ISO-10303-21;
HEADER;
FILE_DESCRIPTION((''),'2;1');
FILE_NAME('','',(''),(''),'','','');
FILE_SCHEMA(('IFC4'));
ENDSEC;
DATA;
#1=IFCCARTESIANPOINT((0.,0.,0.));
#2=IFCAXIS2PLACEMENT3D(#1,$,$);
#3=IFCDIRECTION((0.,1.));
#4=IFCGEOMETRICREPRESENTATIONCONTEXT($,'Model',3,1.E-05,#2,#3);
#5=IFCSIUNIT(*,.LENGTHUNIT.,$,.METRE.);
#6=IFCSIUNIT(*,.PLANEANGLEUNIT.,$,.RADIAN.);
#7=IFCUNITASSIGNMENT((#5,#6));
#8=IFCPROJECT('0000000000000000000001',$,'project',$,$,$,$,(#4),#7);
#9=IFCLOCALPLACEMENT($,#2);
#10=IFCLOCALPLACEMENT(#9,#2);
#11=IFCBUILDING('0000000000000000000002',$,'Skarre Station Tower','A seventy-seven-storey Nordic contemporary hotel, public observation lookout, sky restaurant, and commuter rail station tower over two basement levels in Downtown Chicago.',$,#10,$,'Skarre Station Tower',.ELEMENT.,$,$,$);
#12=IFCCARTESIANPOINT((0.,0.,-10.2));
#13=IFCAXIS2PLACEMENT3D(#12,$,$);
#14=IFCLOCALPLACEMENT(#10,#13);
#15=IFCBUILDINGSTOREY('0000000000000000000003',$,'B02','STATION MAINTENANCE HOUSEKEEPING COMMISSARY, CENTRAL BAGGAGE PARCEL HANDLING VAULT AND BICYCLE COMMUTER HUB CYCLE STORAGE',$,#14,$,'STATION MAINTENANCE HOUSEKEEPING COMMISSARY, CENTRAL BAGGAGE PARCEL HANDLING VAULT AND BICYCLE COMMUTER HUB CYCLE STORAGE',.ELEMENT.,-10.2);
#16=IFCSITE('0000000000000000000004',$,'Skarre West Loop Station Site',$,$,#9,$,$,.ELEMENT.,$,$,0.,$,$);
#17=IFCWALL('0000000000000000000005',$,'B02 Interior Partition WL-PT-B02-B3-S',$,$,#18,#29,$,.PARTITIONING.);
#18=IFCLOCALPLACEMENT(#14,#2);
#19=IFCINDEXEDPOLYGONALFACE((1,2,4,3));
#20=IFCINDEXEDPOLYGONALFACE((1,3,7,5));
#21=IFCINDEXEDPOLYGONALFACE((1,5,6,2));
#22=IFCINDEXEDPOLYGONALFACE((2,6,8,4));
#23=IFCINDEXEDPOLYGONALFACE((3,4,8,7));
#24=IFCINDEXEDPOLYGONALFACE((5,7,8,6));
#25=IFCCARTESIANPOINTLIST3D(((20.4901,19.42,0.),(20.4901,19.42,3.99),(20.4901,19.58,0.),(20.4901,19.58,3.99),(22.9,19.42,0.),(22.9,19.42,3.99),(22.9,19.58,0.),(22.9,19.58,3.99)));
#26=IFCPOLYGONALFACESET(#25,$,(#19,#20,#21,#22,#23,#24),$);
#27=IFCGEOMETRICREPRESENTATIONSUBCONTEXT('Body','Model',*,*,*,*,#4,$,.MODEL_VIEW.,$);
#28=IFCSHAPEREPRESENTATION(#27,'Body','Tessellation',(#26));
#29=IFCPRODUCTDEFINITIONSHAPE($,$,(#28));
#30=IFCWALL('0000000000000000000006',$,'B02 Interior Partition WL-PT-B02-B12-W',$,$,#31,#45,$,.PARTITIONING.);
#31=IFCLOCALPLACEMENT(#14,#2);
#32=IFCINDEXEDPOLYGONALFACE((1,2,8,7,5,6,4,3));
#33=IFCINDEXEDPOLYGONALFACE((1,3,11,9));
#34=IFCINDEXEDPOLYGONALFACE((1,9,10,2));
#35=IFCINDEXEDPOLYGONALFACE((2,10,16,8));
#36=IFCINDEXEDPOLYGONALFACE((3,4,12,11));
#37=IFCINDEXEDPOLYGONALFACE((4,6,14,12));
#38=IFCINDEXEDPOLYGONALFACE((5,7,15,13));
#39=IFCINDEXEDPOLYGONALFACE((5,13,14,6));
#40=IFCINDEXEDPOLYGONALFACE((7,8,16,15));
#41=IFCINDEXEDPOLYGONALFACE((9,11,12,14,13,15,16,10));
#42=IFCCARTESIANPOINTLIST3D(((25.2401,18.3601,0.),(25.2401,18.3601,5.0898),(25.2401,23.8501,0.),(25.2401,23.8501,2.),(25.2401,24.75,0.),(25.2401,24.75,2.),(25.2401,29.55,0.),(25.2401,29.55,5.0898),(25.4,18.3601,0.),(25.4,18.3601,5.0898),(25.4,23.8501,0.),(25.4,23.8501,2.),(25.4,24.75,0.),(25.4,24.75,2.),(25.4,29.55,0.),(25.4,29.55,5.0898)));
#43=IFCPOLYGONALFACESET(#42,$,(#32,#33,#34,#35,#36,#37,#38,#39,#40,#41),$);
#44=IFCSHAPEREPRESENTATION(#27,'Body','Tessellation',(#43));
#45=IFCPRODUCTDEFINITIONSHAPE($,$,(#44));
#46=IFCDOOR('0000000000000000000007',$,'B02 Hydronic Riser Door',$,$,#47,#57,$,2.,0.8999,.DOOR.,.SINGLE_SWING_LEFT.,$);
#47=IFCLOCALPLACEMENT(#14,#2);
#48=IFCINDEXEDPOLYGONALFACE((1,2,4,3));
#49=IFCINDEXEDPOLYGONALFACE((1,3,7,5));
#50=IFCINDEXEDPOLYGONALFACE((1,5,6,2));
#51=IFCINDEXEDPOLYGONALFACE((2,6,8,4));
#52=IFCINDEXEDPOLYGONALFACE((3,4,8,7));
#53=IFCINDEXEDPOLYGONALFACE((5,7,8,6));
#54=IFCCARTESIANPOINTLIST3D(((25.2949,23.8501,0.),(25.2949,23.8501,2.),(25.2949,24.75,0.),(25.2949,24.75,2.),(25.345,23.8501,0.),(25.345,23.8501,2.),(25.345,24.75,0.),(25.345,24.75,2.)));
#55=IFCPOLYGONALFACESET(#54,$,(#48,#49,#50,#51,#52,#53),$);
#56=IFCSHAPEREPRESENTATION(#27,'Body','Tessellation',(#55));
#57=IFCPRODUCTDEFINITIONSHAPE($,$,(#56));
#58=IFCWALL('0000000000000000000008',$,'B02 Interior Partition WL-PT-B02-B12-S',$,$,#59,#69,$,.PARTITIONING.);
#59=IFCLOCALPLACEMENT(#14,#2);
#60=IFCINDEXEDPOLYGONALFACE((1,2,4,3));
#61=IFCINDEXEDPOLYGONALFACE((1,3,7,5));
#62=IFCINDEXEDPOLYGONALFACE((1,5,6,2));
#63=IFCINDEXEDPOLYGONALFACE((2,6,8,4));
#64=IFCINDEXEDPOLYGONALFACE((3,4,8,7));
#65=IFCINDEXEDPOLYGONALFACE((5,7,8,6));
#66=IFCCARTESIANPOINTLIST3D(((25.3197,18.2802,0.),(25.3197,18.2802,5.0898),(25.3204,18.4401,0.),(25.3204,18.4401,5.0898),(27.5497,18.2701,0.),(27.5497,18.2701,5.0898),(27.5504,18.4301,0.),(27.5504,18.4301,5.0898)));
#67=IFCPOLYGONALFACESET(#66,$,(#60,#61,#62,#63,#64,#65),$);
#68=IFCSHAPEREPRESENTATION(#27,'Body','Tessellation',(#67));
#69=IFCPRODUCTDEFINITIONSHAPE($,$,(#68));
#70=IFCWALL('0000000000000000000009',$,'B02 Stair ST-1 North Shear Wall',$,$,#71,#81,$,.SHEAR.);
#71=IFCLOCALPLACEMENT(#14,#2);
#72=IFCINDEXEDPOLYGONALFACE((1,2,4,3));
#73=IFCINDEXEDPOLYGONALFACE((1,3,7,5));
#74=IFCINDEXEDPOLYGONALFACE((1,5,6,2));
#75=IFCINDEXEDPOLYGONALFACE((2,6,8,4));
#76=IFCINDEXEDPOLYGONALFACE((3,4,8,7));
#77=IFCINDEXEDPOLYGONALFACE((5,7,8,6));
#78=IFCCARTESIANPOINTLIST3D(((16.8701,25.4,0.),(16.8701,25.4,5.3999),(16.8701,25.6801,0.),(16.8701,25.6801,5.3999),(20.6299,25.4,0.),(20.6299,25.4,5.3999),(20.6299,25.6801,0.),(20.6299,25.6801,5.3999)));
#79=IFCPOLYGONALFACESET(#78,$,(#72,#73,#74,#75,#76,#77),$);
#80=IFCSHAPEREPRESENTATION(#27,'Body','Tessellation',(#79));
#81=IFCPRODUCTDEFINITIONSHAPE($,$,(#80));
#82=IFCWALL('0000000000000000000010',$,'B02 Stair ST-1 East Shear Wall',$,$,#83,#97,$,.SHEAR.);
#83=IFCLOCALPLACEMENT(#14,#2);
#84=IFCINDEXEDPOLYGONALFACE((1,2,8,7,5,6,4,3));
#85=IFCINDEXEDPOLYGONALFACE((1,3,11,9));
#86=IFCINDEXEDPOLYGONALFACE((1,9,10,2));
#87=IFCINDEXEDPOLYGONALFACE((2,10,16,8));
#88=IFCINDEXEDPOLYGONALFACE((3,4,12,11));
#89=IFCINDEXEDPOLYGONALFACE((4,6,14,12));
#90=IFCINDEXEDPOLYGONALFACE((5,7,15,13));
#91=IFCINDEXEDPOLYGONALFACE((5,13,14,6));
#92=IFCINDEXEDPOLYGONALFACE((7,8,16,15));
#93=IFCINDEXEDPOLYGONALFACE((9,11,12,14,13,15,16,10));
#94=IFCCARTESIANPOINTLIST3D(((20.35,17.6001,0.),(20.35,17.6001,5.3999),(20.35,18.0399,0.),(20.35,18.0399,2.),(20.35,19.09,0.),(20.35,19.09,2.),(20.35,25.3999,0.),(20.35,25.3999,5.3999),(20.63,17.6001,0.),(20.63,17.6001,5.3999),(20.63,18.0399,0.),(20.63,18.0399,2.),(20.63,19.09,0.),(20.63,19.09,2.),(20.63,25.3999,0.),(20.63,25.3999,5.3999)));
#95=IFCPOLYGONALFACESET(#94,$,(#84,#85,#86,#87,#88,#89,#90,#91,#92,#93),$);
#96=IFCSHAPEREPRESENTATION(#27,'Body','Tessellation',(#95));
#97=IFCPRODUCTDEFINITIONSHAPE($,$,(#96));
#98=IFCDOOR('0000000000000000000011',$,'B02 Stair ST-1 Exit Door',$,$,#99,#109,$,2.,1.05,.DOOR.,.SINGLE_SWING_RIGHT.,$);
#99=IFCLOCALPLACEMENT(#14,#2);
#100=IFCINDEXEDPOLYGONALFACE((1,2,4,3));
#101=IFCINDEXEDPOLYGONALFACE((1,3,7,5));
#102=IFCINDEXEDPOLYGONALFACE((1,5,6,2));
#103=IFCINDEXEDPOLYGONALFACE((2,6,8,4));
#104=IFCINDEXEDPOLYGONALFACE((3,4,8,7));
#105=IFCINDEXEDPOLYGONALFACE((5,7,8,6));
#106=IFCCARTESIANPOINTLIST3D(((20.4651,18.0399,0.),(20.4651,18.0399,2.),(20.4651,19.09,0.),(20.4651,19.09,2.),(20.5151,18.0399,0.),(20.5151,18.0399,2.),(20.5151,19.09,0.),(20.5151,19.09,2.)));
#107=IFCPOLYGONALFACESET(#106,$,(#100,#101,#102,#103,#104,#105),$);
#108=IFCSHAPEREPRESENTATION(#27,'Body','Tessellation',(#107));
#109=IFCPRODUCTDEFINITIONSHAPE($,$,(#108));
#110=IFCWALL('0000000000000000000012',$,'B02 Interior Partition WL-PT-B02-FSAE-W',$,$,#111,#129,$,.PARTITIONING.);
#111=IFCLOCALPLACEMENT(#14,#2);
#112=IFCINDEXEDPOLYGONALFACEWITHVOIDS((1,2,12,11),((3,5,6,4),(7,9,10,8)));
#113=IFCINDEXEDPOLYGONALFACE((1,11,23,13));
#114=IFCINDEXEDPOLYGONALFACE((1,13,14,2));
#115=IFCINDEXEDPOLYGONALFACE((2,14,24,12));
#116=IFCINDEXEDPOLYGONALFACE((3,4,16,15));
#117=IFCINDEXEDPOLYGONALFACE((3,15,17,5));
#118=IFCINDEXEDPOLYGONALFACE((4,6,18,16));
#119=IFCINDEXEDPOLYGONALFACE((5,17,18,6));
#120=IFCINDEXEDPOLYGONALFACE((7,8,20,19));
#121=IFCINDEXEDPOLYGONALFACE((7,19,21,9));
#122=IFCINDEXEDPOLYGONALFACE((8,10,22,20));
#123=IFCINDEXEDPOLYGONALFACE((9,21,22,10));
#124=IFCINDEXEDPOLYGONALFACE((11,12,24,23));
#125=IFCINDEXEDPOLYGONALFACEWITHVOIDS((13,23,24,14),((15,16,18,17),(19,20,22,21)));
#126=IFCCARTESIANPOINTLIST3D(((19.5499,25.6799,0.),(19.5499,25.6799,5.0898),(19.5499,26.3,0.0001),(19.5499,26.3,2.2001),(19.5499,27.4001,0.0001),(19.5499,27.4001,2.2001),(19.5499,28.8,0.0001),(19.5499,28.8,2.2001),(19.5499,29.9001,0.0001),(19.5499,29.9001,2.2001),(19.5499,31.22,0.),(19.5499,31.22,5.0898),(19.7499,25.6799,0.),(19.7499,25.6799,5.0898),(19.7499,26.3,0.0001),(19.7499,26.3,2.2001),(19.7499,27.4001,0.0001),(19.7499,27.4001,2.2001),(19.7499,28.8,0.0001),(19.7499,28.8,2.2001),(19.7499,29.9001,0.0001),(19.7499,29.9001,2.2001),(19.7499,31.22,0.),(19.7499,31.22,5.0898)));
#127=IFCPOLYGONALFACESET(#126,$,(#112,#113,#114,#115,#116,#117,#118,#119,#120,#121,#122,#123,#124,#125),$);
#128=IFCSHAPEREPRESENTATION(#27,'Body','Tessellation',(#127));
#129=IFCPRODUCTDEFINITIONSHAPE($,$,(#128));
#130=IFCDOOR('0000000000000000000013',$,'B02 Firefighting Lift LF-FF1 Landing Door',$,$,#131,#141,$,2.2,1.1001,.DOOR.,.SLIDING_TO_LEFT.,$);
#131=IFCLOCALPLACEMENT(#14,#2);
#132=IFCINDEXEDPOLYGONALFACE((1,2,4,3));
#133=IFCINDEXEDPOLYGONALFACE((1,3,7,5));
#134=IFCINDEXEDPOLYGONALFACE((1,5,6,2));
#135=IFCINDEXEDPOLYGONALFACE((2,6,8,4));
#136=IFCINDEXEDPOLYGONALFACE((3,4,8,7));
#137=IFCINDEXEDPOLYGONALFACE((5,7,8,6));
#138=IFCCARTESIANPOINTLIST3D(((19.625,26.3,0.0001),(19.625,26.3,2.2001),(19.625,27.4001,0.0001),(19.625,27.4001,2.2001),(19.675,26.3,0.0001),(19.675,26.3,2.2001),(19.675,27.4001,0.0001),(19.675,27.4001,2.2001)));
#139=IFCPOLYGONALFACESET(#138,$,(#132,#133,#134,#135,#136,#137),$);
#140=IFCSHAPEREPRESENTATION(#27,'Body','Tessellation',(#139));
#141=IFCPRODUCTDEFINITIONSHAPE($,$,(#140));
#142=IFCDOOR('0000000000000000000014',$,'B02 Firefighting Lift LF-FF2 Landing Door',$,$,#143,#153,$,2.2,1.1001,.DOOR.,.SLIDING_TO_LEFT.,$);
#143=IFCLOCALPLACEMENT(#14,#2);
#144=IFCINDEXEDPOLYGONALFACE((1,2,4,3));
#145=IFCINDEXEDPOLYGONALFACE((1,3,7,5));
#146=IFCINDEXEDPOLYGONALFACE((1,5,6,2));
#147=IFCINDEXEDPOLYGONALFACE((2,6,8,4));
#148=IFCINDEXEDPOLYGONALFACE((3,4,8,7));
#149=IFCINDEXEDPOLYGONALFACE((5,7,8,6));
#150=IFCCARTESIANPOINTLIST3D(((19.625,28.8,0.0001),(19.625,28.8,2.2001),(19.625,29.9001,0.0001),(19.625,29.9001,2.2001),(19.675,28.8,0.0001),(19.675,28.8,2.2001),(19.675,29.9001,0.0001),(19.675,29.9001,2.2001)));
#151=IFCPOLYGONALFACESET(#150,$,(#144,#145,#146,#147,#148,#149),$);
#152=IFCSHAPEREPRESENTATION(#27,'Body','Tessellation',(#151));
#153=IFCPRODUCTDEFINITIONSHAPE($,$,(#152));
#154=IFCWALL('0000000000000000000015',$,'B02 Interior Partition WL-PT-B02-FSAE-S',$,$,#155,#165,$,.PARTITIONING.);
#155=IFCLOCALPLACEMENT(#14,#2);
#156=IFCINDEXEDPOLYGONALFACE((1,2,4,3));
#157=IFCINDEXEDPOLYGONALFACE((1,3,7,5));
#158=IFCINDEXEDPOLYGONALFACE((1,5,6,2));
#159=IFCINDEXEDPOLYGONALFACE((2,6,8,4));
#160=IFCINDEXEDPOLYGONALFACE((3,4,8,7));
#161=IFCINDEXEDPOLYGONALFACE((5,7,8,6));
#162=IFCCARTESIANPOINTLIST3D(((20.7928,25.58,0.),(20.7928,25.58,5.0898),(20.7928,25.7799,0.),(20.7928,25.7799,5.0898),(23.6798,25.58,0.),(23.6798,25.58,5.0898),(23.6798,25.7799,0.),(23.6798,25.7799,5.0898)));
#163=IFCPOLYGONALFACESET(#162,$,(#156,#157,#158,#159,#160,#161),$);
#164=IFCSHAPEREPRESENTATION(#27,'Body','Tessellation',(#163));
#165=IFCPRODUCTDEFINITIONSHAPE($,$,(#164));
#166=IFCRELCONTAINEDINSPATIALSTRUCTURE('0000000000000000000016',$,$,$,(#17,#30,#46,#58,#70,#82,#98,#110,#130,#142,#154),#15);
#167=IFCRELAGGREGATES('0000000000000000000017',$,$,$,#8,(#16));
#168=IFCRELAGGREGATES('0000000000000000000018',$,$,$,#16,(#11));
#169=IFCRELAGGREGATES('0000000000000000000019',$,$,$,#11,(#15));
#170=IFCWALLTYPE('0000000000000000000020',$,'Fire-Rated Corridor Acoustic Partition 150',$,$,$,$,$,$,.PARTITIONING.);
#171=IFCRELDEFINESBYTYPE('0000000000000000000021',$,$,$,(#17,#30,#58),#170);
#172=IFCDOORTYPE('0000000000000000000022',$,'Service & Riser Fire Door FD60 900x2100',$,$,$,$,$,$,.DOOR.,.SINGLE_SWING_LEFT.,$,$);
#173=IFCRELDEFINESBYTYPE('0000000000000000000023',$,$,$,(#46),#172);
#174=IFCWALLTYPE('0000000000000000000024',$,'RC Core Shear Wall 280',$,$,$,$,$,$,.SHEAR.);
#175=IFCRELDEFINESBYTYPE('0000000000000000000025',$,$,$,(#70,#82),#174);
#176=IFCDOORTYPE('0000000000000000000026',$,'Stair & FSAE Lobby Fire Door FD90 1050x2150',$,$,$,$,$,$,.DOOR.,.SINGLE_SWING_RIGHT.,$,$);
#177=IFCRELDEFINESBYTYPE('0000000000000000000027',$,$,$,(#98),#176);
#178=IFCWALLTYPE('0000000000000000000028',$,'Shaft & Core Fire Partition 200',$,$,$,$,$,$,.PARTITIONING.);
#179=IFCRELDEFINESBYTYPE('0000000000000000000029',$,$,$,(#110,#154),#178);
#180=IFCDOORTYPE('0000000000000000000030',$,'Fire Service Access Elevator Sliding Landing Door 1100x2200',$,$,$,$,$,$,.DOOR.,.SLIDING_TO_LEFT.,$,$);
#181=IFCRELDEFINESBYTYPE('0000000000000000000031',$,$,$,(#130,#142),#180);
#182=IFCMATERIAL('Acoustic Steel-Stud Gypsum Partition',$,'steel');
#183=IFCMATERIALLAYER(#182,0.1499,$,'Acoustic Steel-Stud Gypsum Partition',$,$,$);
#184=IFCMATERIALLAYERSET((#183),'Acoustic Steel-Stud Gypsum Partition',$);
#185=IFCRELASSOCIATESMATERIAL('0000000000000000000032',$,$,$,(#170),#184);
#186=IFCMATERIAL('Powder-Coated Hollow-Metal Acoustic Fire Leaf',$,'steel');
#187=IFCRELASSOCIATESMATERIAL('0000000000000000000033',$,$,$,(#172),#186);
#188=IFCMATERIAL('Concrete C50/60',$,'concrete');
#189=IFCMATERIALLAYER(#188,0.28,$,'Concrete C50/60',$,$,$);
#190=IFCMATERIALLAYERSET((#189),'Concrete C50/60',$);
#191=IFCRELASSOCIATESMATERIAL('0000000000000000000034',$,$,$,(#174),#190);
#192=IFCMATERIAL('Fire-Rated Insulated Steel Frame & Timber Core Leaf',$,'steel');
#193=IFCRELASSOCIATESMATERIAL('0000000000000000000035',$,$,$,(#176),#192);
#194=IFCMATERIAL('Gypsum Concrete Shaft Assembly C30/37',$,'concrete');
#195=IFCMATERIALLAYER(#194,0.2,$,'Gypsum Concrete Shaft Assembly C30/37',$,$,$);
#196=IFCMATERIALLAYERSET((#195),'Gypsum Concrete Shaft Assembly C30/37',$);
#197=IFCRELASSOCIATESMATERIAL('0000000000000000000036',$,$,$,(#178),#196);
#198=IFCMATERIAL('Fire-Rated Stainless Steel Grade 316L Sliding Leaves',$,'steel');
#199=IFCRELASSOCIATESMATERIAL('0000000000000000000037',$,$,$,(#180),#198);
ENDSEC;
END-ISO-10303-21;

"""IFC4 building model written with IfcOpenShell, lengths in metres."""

from ifc_helpers import new_model, si_unit, direction, frame, frame_2d, origin, place, context, subcontext, project, spatial, rectangle, extrude, material, layer, layer_set, type_object, element, fill, save


model = new_model("IFC4")

# Units and contexts
model_context = context("Model", 3, precision=1e-05, world=origin(), true_north=direction((0.0, 1.0)))
body_context = subcontext(model_context, "Body", "Model", "MODEL_VIEW")
ifc_project = project(units=[si_unit("LENGTHUNIT", "METRE"), si_unit("PLANEANGLEUNIT", "RADIAN")], contexts=[model_context])

# Site, building, storey
site_placement = place(None, origin())
site = spatial("IfcSite", under=ifc_project, at=site_placement, Name="Skarre West Loop Station Site", CompositionType="ELEMENT", RefElevation=0.0)
building_placement = place(site_placement, origin())
building = spatial("IfcBuilding", under=site, at=building_placement, Name="Skarre Station Tower", Description="A seventy-seven-storey Nordic contemporary hotel, public observation lookout, sky restaurant, and commuter rail station tower over two basement levels in Downtown Chicago.", LongName="Skarre Station Tower", CompositionType="ELEMENT")
storey_placement = place(building_placement, frame((0.0, 0.0, -10.2)))
storey = spatial("IfcBuildingStorey", under=building, at=storey_placement, Name="B02", Description="STATION MAINTENANCE HOUSEKEEPING COMMISSARY, CENTRAL BAGGAGE PARCEL HANDLING VAULT AND BICYCLE COMMUTER HUB CYCLE STORAGE", LongName="STATION MAINTENANCE HOUSEKEEPING COMMISSARY, CENTRAL BAGGAGE PARCEL HANDLING VAULT AND BICYCLE COMMUTER HUB CYCLE STORAGE", CompositionType="ELEMENT", Elevation=-10.2)

# Shared definitions
ifc_material_1 = material(Name="Concrete C50/60", Category="concrete")

# Shared definitions
ifc_material_2 = material(Name="Acoustic Steel-Stud Gypsum Partition", Category="steel")
ifc_layer_1 = layer(ifc_material_2, 0.1499, Name="Acoustic Steel-Stud Gypsum Partition")
ifc_layer_set_1 = layer_set([ifc_layer_1], Name="Acoustic Steel-Stud Gypsum Partition")
wall_type_1 = type_object("IfcWallType", Name="Fire-Rated Corridor Acoustic Partition 150", PredefinedType="PARTITIONING", material=ifc_layer_set_1)
ifc_material_3 = material(Name="Powder-Coated Hollow-Metal Acoustic Fire Leaf", Category="steel")
door_type_1 = type_object("IfcDoorType", Name="Service & Riser Fire Door FD60 900x2100", OperationType="SINGLE_SWING_LEFT", PredefinedType="DOOR", material=ifc_material_3)

# Wall
wall_1_placement = place(storey_placement, frame((20.49, 19.5, 0.0), z_axis=(0.0, 0.0, 1.0), x_axis=(1.0, 0.0, 0.0)))
element("IfcWall", 1, at=wall_1_placement, inside=storey, type_object=wall_type_1, Name="B02 Interior Partition WL-PT-B02-B3-S", PredefinedType="PARTITIONING", context=body_context, shape_type="SweptSolid", body=[
    extrude(rectangle(XDim=2.4099, YDim=0.1599, at=frame_2d((1.2051, 0.0))), origin(), (0.0, 0.0, 1.0), 3.99),
])

# Wall, opening, door
wall_2_placement = place(storey_placement, frame((25.3201, 29.55, 0.0), z_axis=(0.0, 0.0, 1.0), x_axis=(0.0, -1.0, 0.0)))
wall_2 = element("IfcWall", 2, at=wall_2_placement, inside=storey, type_object=wall_type_1, Name="B02 Interior Partition WL-PT-B02-B12-W", PredefinedType="PARTITIONING", context=body_context, shape_type="SweptSolid", body=[
    extrude(rectangle(XDim=11.1899, YDim=0.1599, at=frame_2d((5.595, 0.0))), origin(), (0.0, 0.0, 1.0), 5.0898),
])
opening_1_placement = place(wall_2_placement, frame((4.8, 0.0, 0.0)))
opening_1 = element("IfcOpeningElement", 3, at=opening_1_placement, cuts=wall_2, PredefinedType="OPENING", context=body_context, shape_type="SweptSolid", body=[
    extrude(rectangle(XDim=0.8999, YDim=2.0, at=frame_2d((0.45, 1.0))), frame((0.0, 0.0898, 0.0), z_axis=(0.0, -1.0, 0.0), x_axis=(1.0, 0.0, 0.0)), (0.0, 0.0, 1.0), 0.1799),
])
door_1_placement = place(opening_1_placement, origin())
door_1 = element("IfcDoor", 4, at=door_1_placement, inside=storey, type_object=door_type_1, Name="B02 Hydronic Riser Door", OperationType="SINGLE_SWING_LEFT", OverallHeight=2.0, OverallWidth=0.8999, PredefinedType="DOOR", context=body_context, shape_type="SweptSolid", body=[
    extrude(rectangle(XDim=0.8999, YDim=2.0, at=frame_2d((0.45, 1.0))), frame((0.0, 0.0249, 0.0), z_axis=(0.0, -1.0, 0.0), x_axis=(1.0, 0.0, 0.0)), (0.0, 0.0, 1.0), 0.05),
])
fill(opening_1, door_1)

# Walls
wall_3_placement = place(storey_placement, frame((25.3201, 18.3601, 0.0), z_axis=(0.0, 0.0, 1.0), x_axis=(0.99999, -0.004489, 0.0)))
element("IfcWall", 5, at=wall_3_placement, inside=storey, type_object=wall_type_1, Name="B02 Interior Partition WL-PT-B02-B12-S", PredefinedType="PARTITIONING", context=body_context, shape_type="SweptSolid", body=[
    extrude(rectangle(XDim=2.23, YDim=0.1599, at=frame_2d((1.115, 0.0))), origin(), (0.0, 0.0, 1.0), 5.0898),
])
ifc_layer_2 = layer(ifc_material_1, 0.28, Name="Concrete C50/60")
ifc_layer_set_2 = layer_set([ifc_layer_2], Name="Concrete C50/60")
wall_type_2 = type_object("IfcWallType", Name="RC Core Shear Wall 280", PredefinedType="SHEAR", material=ifc_layer_set_2)
wall_4_placement = place(storey_placement, frame((20.6299, 25.54, 0.0), z_axis=(0.0, 0.0, 1.0), x_axis=(-1.0, 0.0, 0.0)))
element("IfcWall", 6, at=wall_4_placement, inside=storey, type_object=wall_type_2, Name="B02 Stair ST-1 North Shear Wall", PredefinedType="SHEAR", context=body_context, shape_type="SweptSolid", body=[
    extrude(rectangle(XDim=3.7598, YDim=0.28, at=frame_2d((1.8799, 0.0))), origin(), (0.0, 0.0, 1.0), 5.3999),
])

# Wall, opening, door
wall_5_placement = place(storey_placement, frame((20.49, 17.6001, 0.0), z_axis=(0.0, 0.0, 1.0), x_axis=(0.0, 1.0, 0.0)))
wall_5 = element("IfcWall", 7, at=wall_5_placement, inside=storey, type_object=wall_type_2, Name="B02 Stair ST-1 East Shear Wall", PredefinedType="SHEAR", context=body_context, shape_type="SweptSolid", body=[
    extrude(rectangle(XDim=7.7998, YDim=0.28, at=frame_2d((3.8999, 0.0))), origin(), (0.0, 0.0, 1.0), 5.3999),
])
opening_2_placement = place(wall_5_placement, frame((0.4399, 0.0, 0.0)))
opening_2 = element("IfcOpeningElement", 8, at=opening_2_placement, cuts=wall_5, PredefinedType="OPENING", context=body_context, shape_type="SweptSolid", body=[
    extrude(rectangle(XDim=1.05, YDim=2.0, at=frame_2d((0.5249, 1.0))), frame((0.0, 0.1499, 0.0), z_axis=(0.0, -1.0, 0.0), x_axis=(1.0, 0.0, 0.0)), (0.0, 0.0, 1.0), 0.3),
])
ifc_material_4 = material(Name="Fire-Rated Insulated Steel Frame & Timber Core Leaf", Category="steel")
door_type_2 = type_object("IfcDoorType", Name="Stair & FSAE Lobby Fire Door FD90 1050x2150", OperationType="SINGLE_SWING_RIGHT", PredefinedType="DOOR", material=ifc_material_4)
door_2_placement = place(opening_2_placement, origin())
door_2 = element("IfcDoor", 9, at=door_2_placement, inside=storey, type_object=door_type_2, Name="B02 Stair ST-1 Exit Door", OperationType="SINGLE_SWING_RIGHT", OverallHeight=2.0, OverallWidth=1.05, PredefinedType="DOOR", context=body_context, shape_type="SweptSolid", body=[
    extrude(rectangle(XDim=1.05, YDim=2.0, at=frame_2d((0.5249, 1.0))), frame((0.0, 0.0249, 0.0), z_axis=(0.0, -1.0, 0.0), x_axis=(1.0, 0.0, 0.0)), (0.0, 0.0, 1.0), 0.05),
])
fill(opening_2, door_2)

# Wall, openings, doors
ifc_material_5 = material(Name="Gypsum Concrete Shaft Assembly C30/37", Category="concrete")
ifc_layer_3 = layer(ifc_material_5, 0.2, Name="Gypsum Concrete Shaft Assembly C30/37")
ifc_layer_set_3 = layer_set([ifc_layer_3], Name="Gypsum Concrete Shaft Assembly C30/37")
wall_type_3 = type_object("IfcWallType", Name="Shaft & Core Fire Partition 200", PredefinedType="PARTITIONING", material=ifc_layer_set_3)
wall_6_placement = place(storey_placement, frame((19.6499, 25.6799, 0.0), z_axis=(0.0, 0.0, 1.0), x_axis=(0.0, 1.0, 0.0)))
wall_6 = element("IfcWall", 10, at=wall_6_placement, inside=storey, type_object=wall_type_3, Name="B02 Interior Partition WL-PT-B02-FSAE-W", PredefinedType="PARTITIONING", context=body_context, shape_type="SweptSolid", body=[
    extrude(rectangle(XDim=5.54, YDim=0.2, at=frame_2d((2.77, 0.0))), origin(), (0.0, 0.0, 1.0), 5.0898),
])
opening_3_placement = place(wall_6_placement, frame((0.6201, 0.0, 0.0)))
opening_3 = element("IfcOpeningElement", 11, at=opening_3_placement, cuts=wall_6, PredefinedType="OPENING", context=body_context, shape_type="SweptSolid", body=[
    extrude(rectangle(XDim=1.1001, YDim=2.2, at=frame_2d((0.55, 1.1001))), frame((0.0, 0.1099, 0.0), z_axis=(0.0, -1.0, 0.0), x_axis=(1.0, 0.0, 0.0)), (0.0, 0.0, 1.0), 0.22),
])
opening_4_placement = place(wall_6_placement, frame((3.1201, 0.0, 0.0)))
opening_4 = element("IfcOpeningElement", 12, at=opening_4_placement, cuts=wall_6, PredefinedType="OPENING", context=body_context, shape_type="SweptSolid", body=[
    extrude(rectangle(XDim=1.1001, YDim=2.2, at=frame_2d((0.55, 1.1001))), frame((0.0, 0.1099, 0.0), z_axis=(0.0, -1.0, 0.0), x_axis=(1.0, 0.0, 0.0)), (0.0, 0.0, 1.0), 0.22),
])
ifc_material_6 = material(Name="Fire-Rated Stainless Steel Grade 316L Sliding Leaves", Category="steel")
door_type_3 = type_object("IfcDoorType", Name="Fire Service Access Elevator Sliding Landing Door 1100x2200", OperationType="SLIDING_TO_LEFT", PredefinedType="DOOR", material=ifc_material_6)
door_3_placement = place(opening_3_placement, origin())
door_3 = element("IfcDoor", 13, at=door_3_placement, inside=storey, type_object=door_type_3, Name="B02 Firefighting Lift LF-FF1 Landing Door", OperationType="SLIDING_TO_LEFT", OverallHeight=2.2, OverallWidth=1.1001, PredefinedType="DOOR", context=body_context, shape_type="SweptSolid", body=[
    extrude(rectangle(XDim=1.1001, YDim=2.2, at=frame_2d((0.55, 1.1001))), frame((0.0, 0.0249, 0.0), z_axis=(0.0, -1.0, 0.0), x_axis=(1.0, 0.0, 0.0)), (0.0, 0.0, 1.0), 0.05),
])
fill(opening_3, door_3)
door_4_placement = place(opening_4_placement, origin())
door_4 = element("IfcDoor", 14, at=door_4_placement, inside=storey, type_object=door_type_3, Name="B02 Firefighting Lift LF-FF2 Landing Door", OperationType="SLIDING_TO_LEFT", OverallHeight=2.2, OverallWidth=1.1001, PredefinedType="DOOR", context=body_context, shape_type="SweptSolid", body=[
    extrude(rectangle(XDim=1.1001, YDim=2.2, at=frame_2d((0.55, 1.1001))), frame((0.0, 0.0249, 0.0), z_axis=(0.0, -1.0, 0.0), x_axis=(1.0, 0.0, 0.0)), (0.0, 0.0, 1.0), 0.05),
])
fill(opening_4, door_4)

# Wall
wall_7_placement = place(storey_placement, frame((20.793, 25.6799, 0.0), z_axis=(0.0, 0.0, 1.0), x_axis=(1.0, 0.0, 0.0)))
element("IfcWall", 15, at=wall_7_placement, inside=storey, type_object=wall_type_3, Name="B02 Interior Partition WL-PT-B02-FSAE-S", PredefinedType="PARTITIONING", context=body_context, shape_type="SweptSolid", body=[
    extrude(rectangle(XDim=2.887, YDim=0.2, at=frame_2d((1.4434, 0.0))), origin(), (0.0, 0.0, 1.0), 5.0898),
])

save(model, "model.ifc")
